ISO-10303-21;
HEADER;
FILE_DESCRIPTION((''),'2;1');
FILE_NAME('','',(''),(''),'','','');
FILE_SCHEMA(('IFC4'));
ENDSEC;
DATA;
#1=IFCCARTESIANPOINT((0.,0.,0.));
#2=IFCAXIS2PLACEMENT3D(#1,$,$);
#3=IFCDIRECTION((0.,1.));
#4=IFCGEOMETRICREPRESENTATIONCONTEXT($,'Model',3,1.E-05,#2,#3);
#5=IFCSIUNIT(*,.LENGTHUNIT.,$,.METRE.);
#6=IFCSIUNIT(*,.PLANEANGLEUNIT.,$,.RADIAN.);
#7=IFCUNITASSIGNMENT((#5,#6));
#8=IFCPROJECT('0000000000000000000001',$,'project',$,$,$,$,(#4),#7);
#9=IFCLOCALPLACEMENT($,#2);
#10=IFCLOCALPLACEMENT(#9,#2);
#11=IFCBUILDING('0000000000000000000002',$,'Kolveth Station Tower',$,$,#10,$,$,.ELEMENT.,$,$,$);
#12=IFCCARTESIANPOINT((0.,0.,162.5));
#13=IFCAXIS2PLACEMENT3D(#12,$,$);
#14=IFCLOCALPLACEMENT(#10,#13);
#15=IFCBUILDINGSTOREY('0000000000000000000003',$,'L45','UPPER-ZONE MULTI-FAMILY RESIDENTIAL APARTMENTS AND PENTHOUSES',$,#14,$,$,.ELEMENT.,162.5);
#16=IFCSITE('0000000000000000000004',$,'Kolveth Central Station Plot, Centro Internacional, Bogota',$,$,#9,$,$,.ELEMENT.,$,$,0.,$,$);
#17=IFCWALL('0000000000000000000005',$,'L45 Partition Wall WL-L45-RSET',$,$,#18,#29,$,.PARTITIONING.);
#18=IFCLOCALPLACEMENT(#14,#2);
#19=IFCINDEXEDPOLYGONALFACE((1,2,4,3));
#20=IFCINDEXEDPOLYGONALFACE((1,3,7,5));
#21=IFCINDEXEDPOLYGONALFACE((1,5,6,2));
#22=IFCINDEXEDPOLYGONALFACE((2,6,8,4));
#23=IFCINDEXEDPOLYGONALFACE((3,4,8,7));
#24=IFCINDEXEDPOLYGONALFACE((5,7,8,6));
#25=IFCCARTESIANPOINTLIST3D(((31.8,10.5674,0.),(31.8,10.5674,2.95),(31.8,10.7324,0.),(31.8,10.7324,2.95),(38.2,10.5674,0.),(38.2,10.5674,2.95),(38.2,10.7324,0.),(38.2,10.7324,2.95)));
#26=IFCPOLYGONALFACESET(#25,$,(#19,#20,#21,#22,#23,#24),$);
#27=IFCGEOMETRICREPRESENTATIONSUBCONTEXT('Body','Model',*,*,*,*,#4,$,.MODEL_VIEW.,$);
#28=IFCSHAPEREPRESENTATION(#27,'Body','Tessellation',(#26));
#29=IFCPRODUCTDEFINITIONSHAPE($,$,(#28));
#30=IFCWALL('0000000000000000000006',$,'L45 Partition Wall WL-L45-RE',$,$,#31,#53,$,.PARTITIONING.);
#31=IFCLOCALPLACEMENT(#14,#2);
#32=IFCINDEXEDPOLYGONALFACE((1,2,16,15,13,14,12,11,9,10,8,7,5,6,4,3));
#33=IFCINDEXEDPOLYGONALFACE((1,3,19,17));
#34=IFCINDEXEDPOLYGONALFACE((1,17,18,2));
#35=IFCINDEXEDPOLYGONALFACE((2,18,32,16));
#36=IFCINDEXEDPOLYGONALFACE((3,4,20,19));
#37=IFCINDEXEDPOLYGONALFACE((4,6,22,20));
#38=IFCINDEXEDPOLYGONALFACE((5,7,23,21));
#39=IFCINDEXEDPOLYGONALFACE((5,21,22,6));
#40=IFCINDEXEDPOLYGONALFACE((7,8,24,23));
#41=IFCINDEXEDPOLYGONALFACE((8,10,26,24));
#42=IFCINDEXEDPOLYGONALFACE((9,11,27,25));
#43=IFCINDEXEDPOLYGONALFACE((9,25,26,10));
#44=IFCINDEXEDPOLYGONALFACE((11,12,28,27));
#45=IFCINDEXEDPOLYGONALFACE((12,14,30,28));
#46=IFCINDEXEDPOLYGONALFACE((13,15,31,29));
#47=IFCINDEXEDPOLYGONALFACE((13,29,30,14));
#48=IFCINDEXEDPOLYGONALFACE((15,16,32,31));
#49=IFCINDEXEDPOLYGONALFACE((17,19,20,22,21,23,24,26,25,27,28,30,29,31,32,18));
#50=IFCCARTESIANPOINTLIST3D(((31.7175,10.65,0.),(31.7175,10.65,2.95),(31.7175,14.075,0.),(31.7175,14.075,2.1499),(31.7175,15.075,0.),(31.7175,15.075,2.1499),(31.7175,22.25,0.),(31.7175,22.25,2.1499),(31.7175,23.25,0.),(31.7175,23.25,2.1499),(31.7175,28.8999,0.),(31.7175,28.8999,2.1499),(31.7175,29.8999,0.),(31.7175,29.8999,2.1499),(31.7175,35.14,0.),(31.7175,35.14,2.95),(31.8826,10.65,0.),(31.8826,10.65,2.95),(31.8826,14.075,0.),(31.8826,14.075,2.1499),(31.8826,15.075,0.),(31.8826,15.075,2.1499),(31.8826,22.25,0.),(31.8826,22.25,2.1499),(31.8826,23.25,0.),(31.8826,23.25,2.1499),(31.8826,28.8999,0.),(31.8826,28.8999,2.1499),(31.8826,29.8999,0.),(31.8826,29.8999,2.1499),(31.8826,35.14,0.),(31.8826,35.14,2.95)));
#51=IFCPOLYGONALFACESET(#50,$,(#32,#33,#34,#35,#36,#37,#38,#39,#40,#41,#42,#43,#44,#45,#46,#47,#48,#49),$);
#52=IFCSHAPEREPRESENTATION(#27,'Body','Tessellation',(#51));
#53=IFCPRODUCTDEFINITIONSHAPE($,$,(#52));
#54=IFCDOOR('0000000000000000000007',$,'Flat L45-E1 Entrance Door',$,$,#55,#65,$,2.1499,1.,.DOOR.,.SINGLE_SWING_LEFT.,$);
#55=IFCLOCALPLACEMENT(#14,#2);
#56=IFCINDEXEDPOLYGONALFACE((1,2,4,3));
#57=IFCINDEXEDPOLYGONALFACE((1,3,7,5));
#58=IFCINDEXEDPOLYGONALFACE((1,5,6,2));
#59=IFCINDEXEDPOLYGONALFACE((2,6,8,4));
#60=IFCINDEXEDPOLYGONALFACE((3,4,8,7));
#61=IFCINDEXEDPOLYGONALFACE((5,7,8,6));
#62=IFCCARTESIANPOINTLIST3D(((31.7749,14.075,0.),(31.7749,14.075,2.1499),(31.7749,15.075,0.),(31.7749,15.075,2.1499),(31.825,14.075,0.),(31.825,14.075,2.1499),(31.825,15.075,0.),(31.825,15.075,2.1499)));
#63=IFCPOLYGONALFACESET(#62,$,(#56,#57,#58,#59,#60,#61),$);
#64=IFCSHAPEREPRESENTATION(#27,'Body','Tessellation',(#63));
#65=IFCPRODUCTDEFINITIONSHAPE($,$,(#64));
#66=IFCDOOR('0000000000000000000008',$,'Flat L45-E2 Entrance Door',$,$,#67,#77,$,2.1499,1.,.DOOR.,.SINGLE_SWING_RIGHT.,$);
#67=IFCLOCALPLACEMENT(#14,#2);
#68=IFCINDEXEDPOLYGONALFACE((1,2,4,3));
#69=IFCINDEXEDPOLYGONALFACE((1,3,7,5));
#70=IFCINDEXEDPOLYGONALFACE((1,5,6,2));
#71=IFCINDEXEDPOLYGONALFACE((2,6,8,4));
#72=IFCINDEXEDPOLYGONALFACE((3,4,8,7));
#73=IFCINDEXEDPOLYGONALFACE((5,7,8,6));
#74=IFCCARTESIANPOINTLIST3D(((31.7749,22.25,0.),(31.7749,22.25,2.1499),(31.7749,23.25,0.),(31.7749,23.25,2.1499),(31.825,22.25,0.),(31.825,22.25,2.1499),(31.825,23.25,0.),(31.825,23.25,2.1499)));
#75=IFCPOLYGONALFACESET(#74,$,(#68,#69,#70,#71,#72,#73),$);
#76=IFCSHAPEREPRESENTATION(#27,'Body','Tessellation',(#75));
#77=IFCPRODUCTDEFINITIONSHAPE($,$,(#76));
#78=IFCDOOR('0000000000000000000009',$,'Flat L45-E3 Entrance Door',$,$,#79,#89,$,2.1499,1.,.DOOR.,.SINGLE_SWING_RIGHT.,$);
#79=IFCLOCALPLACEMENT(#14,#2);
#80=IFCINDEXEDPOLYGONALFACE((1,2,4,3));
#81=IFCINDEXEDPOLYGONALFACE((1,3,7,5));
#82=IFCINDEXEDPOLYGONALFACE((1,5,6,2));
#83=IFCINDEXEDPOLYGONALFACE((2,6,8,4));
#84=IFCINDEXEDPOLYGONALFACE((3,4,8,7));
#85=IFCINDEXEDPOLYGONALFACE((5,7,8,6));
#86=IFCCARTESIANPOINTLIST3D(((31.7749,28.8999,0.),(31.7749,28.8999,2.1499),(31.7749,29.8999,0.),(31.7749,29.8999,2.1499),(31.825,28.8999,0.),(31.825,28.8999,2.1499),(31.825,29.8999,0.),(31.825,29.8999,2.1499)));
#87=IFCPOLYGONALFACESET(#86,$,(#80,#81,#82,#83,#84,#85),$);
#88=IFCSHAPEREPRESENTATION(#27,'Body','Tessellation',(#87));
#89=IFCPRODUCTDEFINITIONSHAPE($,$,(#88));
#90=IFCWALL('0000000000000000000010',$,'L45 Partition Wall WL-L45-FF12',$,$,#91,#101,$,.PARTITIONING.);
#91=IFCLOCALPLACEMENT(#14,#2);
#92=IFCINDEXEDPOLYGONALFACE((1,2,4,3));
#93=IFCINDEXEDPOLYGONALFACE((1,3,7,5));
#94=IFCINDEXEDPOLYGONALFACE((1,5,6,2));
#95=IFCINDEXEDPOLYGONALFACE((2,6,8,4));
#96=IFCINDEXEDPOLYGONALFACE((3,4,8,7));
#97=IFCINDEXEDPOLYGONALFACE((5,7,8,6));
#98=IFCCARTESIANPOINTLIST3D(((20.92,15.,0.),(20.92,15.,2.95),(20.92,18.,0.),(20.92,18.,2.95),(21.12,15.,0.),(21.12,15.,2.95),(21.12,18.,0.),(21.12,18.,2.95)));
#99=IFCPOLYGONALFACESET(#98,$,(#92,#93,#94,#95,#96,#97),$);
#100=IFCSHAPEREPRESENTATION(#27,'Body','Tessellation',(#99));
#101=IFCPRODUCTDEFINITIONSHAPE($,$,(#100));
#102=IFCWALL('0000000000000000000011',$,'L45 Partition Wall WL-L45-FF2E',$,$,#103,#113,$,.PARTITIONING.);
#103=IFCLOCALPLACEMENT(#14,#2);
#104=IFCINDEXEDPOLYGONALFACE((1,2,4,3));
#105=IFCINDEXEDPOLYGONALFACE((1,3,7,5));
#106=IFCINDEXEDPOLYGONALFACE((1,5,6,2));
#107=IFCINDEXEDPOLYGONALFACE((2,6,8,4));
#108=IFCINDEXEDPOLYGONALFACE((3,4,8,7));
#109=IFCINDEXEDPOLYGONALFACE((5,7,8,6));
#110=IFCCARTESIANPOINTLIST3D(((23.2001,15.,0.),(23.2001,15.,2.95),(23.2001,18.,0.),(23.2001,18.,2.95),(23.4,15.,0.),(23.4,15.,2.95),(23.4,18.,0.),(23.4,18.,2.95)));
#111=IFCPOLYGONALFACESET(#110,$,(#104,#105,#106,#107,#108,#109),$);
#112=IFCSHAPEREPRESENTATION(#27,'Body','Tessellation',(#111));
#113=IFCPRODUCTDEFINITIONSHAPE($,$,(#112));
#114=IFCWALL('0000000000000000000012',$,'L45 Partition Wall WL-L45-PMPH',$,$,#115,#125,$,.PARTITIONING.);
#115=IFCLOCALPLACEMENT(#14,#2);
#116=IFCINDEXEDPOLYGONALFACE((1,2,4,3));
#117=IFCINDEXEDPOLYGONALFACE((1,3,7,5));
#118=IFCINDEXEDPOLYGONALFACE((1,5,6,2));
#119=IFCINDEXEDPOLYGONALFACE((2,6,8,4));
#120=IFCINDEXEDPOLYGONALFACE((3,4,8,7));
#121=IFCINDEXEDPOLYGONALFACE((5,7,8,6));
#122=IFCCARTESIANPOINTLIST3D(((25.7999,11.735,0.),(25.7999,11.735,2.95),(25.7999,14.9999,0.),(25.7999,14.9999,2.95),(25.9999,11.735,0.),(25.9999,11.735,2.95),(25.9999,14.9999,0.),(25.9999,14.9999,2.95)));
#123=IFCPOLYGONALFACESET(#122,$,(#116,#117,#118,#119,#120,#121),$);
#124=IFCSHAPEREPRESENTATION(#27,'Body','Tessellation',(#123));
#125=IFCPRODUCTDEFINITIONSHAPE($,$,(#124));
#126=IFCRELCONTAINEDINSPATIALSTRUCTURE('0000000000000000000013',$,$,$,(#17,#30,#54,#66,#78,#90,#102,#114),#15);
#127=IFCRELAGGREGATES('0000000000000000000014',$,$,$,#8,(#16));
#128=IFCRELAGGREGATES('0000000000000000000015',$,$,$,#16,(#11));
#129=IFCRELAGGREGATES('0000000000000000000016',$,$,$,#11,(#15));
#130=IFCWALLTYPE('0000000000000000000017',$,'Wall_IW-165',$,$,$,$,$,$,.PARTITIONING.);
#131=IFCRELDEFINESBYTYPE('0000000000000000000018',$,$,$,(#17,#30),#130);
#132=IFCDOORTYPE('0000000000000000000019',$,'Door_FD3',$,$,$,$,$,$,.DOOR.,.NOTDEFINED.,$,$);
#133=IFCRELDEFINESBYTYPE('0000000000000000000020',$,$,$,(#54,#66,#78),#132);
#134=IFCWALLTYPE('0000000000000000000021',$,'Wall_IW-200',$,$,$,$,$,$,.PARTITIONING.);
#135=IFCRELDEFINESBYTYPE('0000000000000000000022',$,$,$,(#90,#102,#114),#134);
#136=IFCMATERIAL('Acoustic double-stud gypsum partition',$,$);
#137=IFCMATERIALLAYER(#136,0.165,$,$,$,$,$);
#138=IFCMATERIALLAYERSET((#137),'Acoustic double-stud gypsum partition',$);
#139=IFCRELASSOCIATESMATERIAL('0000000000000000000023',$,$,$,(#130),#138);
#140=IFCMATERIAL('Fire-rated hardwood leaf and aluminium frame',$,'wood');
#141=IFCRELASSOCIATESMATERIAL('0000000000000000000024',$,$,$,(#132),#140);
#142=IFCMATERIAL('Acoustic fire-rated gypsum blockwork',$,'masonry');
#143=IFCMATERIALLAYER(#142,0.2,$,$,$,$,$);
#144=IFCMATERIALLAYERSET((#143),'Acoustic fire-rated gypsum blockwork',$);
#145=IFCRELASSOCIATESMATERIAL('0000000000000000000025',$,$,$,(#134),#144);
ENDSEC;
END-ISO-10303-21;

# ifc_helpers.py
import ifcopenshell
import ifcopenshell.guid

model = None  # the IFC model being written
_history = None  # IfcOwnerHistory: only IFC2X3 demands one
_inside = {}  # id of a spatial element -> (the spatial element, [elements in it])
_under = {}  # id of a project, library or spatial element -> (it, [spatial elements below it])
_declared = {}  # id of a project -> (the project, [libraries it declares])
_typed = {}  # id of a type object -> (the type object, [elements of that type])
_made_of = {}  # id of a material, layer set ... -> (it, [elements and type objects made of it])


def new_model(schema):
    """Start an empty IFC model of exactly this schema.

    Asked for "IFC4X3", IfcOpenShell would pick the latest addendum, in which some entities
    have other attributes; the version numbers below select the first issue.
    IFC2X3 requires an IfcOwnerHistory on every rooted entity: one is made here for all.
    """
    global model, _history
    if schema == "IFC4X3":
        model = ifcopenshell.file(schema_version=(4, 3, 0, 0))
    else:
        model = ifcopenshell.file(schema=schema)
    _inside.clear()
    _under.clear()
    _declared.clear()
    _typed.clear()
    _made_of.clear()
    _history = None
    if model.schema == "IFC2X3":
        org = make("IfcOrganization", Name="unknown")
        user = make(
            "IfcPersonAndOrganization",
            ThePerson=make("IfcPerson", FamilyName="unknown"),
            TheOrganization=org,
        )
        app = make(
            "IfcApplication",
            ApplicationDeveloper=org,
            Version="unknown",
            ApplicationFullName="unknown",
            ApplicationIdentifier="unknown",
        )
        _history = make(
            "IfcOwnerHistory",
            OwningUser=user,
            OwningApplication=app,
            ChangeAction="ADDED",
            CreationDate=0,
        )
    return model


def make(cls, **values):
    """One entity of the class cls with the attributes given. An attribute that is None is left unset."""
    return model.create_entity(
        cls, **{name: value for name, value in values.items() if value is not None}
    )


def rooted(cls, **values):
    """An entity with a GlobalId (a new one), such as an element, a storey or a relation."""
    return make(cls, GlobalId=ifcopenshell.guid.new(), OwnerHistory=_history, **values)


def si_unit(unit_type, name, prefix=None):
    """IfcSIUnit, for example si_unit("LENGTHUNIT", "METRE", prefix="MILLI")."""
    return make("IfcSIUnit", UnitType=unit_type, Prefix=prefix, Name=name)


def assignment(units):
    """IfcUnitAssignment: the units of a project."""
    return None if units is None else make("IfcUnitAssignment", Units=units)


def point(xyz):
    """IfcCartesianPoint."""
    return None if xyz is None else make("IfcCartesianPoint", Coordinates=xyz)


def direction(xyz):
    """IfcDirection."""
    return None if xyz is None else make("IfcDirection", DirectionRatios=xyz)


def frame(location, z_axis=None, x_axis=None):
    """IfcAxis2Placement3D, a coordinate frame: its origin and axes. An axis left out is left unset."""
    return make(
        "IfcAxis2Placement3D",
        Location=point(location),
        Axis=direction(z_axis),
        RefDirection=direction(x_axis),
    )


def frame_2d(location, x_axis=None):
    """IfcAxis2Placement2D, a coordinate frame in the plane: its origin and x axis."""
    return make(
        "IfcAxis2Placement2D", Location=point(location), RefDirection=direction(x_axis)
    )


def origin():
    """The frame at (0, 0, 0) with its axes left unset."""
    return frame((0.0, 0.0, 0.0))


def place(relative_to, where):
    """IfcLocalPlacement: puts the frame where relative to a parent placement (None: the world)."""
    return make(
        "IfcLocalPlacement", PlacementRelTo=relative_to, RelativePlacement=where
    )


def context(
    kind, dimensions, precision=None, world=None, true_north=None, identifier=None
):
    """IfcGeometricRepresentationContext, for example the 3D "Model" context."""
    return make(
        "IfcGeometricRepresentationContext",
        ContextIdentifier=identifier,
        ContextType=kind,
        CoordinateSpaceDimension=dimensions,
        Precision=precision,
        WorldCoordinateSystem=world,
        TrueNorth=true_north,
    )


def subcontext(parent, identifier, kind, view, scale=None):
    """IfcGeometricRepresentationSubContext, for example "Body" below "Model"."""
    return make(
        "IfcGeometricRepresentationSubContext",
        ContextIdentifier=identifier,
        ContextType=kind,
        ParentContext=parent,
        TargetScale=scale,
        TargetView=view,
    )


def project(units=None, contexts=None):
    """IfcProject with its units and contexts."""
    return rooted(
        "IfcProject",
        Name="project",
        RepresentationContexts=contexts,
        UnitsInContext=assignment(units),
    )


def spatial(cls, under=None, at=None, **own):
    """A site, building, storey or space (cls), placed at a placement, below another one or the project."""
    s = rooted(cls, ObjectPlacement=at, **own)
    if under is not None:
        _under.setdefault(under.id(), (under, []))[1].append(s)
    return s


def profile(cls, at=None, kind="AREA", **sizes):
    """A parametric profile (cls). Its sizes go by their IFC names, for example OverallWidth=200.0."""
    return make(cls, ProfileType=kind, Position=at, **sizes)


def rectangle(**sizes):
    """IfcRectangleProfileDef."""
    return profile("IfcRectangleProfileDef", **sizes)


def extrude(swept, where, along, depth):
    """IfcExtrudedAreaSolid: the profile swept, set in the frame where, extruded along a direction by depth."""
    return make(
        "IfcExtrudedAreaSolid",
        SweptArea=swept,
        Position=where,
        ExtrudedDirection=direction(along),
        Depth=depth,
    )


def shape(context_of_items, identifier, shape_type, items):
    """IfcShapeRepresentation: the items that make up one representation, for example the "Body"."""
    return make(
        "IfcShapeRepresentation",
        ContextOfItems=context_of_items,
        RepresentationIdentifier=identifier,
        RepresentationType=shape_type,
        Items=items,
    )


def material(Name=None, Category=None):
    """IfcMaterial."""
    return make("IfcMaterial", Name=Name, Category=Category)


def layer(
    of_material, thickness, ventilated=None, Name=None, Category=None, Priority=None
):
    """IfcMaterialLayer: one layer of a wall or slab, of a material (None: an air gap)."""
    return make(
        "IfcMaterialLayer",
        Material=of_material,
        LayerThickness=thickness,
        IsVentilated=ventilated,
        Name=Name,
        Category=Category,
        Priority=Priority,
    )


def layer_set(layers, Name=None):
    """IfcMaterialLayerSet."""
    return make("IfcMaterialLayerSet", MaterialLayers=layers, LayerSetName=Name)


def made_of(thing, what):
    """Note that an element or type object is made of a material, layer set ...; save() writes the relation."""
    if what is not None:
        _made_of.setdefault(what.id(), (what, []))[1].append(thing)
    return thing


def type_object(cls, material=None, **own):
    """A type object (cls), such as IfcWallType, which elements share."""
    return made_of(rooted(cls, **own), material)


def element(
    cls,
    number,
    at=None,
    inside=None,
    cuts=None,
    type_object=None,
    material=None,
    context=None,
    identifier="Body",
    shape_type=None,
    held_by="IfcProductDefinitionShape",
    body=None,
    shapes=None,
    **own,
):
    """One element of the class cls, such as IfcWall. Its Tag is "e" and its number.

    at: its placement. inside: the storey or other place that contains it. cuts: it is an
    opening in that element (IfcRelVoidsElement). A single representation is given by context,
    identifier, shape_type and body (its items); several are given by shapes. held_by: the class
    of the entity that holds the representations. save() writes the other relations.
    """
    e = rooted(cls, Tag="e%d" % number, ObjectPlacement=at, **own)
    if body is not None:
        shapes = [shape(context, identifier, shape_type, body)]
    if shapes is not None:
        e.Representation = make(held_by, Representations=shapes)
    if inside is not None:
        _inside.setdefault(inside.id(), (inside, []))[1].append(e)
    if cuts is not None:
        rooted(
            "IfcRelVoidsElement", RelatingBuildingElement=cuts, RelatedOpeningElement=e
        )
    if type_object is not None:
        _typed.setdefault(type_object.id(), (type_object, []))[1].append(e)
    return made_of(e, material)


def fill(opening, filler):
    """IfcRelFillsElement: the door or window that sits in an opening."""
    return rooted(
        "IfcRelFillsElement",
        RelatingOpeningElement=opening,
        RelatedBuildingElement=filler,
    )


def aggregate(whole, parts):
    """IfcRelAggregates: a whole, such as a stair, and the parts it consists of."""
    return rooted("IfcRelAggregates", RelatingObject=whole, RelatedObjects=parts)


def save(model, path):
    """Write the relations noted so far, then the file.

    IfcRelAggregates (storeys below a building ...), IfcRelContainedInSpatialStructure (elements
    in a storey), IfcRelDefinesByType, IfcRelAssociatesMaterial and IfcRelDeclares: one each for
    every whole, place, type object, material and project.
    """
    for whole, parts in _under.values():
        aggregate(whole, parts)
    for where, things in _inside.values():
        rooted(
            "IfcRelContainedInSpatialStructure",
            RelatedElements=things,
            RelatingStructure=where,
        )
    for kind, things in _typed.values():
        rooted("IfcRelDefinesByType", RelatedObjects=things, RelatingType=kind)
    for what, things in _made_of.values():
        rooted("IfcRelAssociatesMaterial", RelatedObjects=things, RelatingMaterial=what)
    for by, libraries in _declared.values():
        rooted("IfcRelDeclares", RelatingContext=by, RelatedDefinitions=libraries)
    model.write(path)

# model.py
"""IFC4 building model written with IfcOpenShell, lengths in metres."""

from ifc_helpers import new_model, si_unit, direction, frame, frame_2d, origin, place, context, subcontext, project, spatial, rectangle, extrude, material, layer, layer_set, type_object, element, fill, save


model = new_model("IFC4")

# Units and contexts
model_context = context("Model", 3, precision=1e-05, world=origin(), true_north=direction((0.0, 1.0)))
body_context = subcontext(model_context, "Body", "Model", "MODEL_VIEW")
ifc_project = project(units=[si_unit("LENGTHUNIT", "METRE"), si_unit("PLANEANGLEUNIT", "RADIAN")], contexts=[model_context])

# Site, building, storey
site_placement = place(None, origin())
site = spatial("IfcSite", under=ifc_project, at=site_placement, Name="Kolveth Central Station Plot, Centro Internacional, Bogota", CompositionType="ELEMENT", RefElevation=0.0)
building_placement = place(site_placement, origin())
building = spatial("IfcBuilding", under=site, at=building_placement, Name="Kolveth Station Tower", CompositionType="ELEMENT")
storey_placement = place(building_placement, frame((0.0, 0.0, 162.5)))
storey = spatial("IfcBuildingStorey", under=building, at=storey_placement, Name="L45", Description="UPPER-ZONE MULTI-FAMILY RESIDENTIAL APARTMENTS AND PENTHOUSES", CompositionType="ELEMENT", Elevation=162.5)

# Shared definitions
ifc_material_1 = material(Name="Acoustic double-stud gypsum partition")
ifc_layer_1 = layer(ifc_material_1, 0.165)
ifc_layer_set_1 = layer_set([ifc_layer_1], Name="Acoustic double-stud gypsum partition")
wall_type_1 = type_object("IfcWallType", Name="Wall_IW-165", PredefinedType="PARTITIONING", material=ifc_layer_set_1)

# Wall
wall_1_placement = place(storey_placement, frame((31.8, 10.6499, 0.0), z_axis=(0.0, 0.0, 1.0), x_axis=(1.0, 0.0, 0.0)))
element("IfcWall", 1, at=wall_1_placement, inside=storey, type_object=wall_type_1, Name="L45 Partition Wall WL-L45-RSET", PredefinedType="PARTITIONING", context=body_context, shape_type="SweptSolid", body=[
    extrude(rectangle(XDim=6.3999, YDim=0.165, at=frame_2d((3.2, 0.0))), origin(), (0.0, 0.0, 1.0), 2.95),
])

# Wall, openings, doors
wall_2_placement = place(storey_placement, frame((31.8, 10.6499, 0.0), z_axis=(0.0, 0.0, 1.0), x_axis=(0.0, 1.0, 0.0)))
wall_2 = element("IfcWall", 2, at=wall_2_placement, inside=storey, type_object=wall_type_1, Name="L45 Partition Wall WL-L45-RE", PredefinedType="PARTITIONING", context=body_context, shape_type="SweptSolid", body=[
    extrude(rectangle(XDim=24.49, YDim=0.165, at=frame_2d((12.2451, 0.0))), origin(), (0.0, 0.0, 1.0), 2.95),
])
opening_1_placement = place(wall_2_placement, frame((3.425, 0.0, 0.0)))
opening_1 = element("IfcOpeningElement", 3, at=opening_1_placement, cuts=wall_2, PredefinedType="OPENING", context=body_context, shape_type="SweptSolid", body=[
    extrude(rectangle(XDim=1.0, YDim=2.1499, at=frame_2d((0.5, 1.075))), frame((0.0, 0.0925, 0.0), z_axis=(0.0, -1.0, 0.0), x_axis=(1.0, 0.0, 0.0)), (0.0, 0.0, 1.0), 0.1851),
])
opening_2_placement = place(wall_2_placement, frame((11.6001, 0.0, 0.0)))
opening_2 = element("IfcOpeningElement", 4, at=opening_2_placement, cuts=wall_2, PredefinedType="OPENING", context=body_context, shape_type="SweptSolid", body=[
    extrude(rectangle(XDim=1.0, YDim=2.1499, at=frame_2d((0.5, 1.075))), frame((0.0, 0.0925, 0.0), z_axis=(0.0, -1.0, 0.0), x_axis=(1.0, 0.0, 0.0)), (0.0, 0.0, 1.0), 0.1851),
])
opening_3_placement = place(wall_2_placement, frame((18.25, 0.0, 0.0)))
opening_3 = element("IfcOpeningElement", 5, at=opening_3_placement, cuts=wall_2, PredefinedType="OPENING", context=body_context, shape_type="SweptSolid", body=[
    extrude(rectangle(XDim=1.0, YDim=2.1499, at=frame_2d((0.5, 1.075))), frame((0.0, 0.0925, 0.0), z_axis=(0.0, -1.0, 0.0), x_axis=(1.0, 0.0, 0.0)), (0.0, 0.0, 1.0), 0.1851),
])
ifc_material_2 = material(Name="Fire-rated hardwood leaf and aluminium frame", Category="wood")
door_type_1 = type_object("IfcDoorType", Name="Door_FD3", OperationType="NOTDEFINED", PredefinedType="DOOR", material=ifc_material_2)
door_1_placement = place(opening_1_placement, frame((1.0, 0.0, 0.0), z_axis=(0.0, 0.0, 1.0), x_axis=(-1.0, 0.0, 0.0)))
door_1 = element("IfcDoor", 6, at=door_1_placement, inside=storey, type_object=door_type_1, Name="Flat L45-E1 Entrance Door", OperationType="SINGLE_SWING_LEFT", OverallHeight=2.1499, OverallWidth=1.0, PredefinedType="DOOR", context=body_context, shape_type="SweptSolid", body=[
    extrude(rectangle(XDim=1.0, YDim=2.1499, at=frame_2d((0.5, 1.075))), frame((0.0, 0.0249, 0.0), z_axis=(0.0, -1.0, 0.0), x_axis=(1.0, 0.0, 0.0)), (0.0, 0.0, 1.0), 0.05),
])
fill(opening_1, door_1)
door_2_placement = place(opening_2_placement, frame((1.0, 0.0, 0.0), z_axis=(0.0, 0.0, 1.0), x_axis=(-1.0, 0.0, 0.0)))
door_2 = element("IfcDoor", 7, at=door_2_placement, inside=storey, type_object=door_type_1, Name="Flat L45-E2 Entrance Door", OperationType="SINGLE_SWING_RIGHT", OverallHeight=2.1499, OverallWidth=1.0, PredefinedType="DOOR", context=body_context, shape_type="SweptSolid", body=[
    extrude(rectangle(XDim=1.0, YDim=2.1499, at=frame_2d((0.5, 1.075))), frame((0.0, 0.0249, 0.0), z_axis=(0.0, -1.0, 0.0), x_axis=(1.0, 0.0, 0.0)), (0.0, 0.0, 1.0), 0.05),
])
fill(opening_2, door_2)
door_3_placement = place(opening_3_placement, frame((1.0, 0.0, 0.0), z_axis=(0.0, 0.0, 1.0), x_axis=(-1.0, 0.0, 0.0)))
door_3 = element("IfcDoor", 8, at=door_3_placement, inside=storey, type_object=door_type_1, Name="Flat L45-E3 Entrance Door", OperationType="SINGLE_SWING_RIGHT", OverallHeight=2.1499, OverallWidth=1.0, PredefinedType="DOOR", context=body_context, shape_type="SweptSolid", body=[
    extrude(rectangle(XDim=1.0, YDim=2.1499, at=frame_2d((0.5, 1.075))), frame((0.0, 0.0249, 0.0), z_axis=(0.0, -1.0, 0.0), x_axis=(1.0, 0.0, 0.0)), (0.0, 0.0, 1.0), 0.05),
])
fill(opening_3, door_3)

# Walls
ifc_material_3 = material(Name="Acoustic fire-rated gypsum blockwork", Category="masonry")
ifc_layer_2 = layer(ifc_material_3, 0.2)
ifc_layer_set_2 = layer_set([ifc_layer_2], Name="Acoustic fire-rated gypsum blockwork")
wall_type_2 = type_object("IfcWallType", Name="Wall_IW-200", PredefinedType="PARTITIONING", material=ifc_layer_set_2)
for number, where, z_axis, x_axis, name in (
    (9, (21.02, 15.0, 0.0), (0.0, 0.0, 1.0), (0.0, 1.0, 0.0), "L45 Partition Wall WL-L45-FF12"),
    (10, (23.3, 15.0, 0.0), (0.0, 0.0, 1.0), (0.0, 1.0, 0.0), "L45 Partition Wall WL-L45-FF2E"),
):
    element("IfcWall", number, at=place(storey_placement, frame(where, z_axis=z_axis, x_axis=x_axis)), inside=storey, type_object=wall_type_2, Name=name, PredefinedType="PARTITIONING", context=body_context, shape_type="SweptSolid", body=[
        extrude(rectangle(XDim=3.0, YDim=0.2, at=frame_2d((1.5, 0.0))), origin(), (0.0, 0.0, 1.0), 2.95),
    ])
wall_3_placement = place(storey_placement, frame((25.8999, 11.7351, 0.0), z_axis=(0.0, 0.0, 1.0), x_axis=(0.0, 1.0, 0.0)))
element("IfcWall", 11, at=wall_3_placement, inside=storey, type_object=wall_type_2, Name="L45 Partition Wall WL-L45-PMPH", PredefinedType="PARTITIONING", context=body_context, shape_type="SweptSolid", body=[
    extrude(rectangle(XDim=3.2649, YDim=0.2, at=frame_2d((1.6323, 0.0))), origin(), (0.0, 0.0, 1.0), 2.95),
])

save(model, "model.ifc")
